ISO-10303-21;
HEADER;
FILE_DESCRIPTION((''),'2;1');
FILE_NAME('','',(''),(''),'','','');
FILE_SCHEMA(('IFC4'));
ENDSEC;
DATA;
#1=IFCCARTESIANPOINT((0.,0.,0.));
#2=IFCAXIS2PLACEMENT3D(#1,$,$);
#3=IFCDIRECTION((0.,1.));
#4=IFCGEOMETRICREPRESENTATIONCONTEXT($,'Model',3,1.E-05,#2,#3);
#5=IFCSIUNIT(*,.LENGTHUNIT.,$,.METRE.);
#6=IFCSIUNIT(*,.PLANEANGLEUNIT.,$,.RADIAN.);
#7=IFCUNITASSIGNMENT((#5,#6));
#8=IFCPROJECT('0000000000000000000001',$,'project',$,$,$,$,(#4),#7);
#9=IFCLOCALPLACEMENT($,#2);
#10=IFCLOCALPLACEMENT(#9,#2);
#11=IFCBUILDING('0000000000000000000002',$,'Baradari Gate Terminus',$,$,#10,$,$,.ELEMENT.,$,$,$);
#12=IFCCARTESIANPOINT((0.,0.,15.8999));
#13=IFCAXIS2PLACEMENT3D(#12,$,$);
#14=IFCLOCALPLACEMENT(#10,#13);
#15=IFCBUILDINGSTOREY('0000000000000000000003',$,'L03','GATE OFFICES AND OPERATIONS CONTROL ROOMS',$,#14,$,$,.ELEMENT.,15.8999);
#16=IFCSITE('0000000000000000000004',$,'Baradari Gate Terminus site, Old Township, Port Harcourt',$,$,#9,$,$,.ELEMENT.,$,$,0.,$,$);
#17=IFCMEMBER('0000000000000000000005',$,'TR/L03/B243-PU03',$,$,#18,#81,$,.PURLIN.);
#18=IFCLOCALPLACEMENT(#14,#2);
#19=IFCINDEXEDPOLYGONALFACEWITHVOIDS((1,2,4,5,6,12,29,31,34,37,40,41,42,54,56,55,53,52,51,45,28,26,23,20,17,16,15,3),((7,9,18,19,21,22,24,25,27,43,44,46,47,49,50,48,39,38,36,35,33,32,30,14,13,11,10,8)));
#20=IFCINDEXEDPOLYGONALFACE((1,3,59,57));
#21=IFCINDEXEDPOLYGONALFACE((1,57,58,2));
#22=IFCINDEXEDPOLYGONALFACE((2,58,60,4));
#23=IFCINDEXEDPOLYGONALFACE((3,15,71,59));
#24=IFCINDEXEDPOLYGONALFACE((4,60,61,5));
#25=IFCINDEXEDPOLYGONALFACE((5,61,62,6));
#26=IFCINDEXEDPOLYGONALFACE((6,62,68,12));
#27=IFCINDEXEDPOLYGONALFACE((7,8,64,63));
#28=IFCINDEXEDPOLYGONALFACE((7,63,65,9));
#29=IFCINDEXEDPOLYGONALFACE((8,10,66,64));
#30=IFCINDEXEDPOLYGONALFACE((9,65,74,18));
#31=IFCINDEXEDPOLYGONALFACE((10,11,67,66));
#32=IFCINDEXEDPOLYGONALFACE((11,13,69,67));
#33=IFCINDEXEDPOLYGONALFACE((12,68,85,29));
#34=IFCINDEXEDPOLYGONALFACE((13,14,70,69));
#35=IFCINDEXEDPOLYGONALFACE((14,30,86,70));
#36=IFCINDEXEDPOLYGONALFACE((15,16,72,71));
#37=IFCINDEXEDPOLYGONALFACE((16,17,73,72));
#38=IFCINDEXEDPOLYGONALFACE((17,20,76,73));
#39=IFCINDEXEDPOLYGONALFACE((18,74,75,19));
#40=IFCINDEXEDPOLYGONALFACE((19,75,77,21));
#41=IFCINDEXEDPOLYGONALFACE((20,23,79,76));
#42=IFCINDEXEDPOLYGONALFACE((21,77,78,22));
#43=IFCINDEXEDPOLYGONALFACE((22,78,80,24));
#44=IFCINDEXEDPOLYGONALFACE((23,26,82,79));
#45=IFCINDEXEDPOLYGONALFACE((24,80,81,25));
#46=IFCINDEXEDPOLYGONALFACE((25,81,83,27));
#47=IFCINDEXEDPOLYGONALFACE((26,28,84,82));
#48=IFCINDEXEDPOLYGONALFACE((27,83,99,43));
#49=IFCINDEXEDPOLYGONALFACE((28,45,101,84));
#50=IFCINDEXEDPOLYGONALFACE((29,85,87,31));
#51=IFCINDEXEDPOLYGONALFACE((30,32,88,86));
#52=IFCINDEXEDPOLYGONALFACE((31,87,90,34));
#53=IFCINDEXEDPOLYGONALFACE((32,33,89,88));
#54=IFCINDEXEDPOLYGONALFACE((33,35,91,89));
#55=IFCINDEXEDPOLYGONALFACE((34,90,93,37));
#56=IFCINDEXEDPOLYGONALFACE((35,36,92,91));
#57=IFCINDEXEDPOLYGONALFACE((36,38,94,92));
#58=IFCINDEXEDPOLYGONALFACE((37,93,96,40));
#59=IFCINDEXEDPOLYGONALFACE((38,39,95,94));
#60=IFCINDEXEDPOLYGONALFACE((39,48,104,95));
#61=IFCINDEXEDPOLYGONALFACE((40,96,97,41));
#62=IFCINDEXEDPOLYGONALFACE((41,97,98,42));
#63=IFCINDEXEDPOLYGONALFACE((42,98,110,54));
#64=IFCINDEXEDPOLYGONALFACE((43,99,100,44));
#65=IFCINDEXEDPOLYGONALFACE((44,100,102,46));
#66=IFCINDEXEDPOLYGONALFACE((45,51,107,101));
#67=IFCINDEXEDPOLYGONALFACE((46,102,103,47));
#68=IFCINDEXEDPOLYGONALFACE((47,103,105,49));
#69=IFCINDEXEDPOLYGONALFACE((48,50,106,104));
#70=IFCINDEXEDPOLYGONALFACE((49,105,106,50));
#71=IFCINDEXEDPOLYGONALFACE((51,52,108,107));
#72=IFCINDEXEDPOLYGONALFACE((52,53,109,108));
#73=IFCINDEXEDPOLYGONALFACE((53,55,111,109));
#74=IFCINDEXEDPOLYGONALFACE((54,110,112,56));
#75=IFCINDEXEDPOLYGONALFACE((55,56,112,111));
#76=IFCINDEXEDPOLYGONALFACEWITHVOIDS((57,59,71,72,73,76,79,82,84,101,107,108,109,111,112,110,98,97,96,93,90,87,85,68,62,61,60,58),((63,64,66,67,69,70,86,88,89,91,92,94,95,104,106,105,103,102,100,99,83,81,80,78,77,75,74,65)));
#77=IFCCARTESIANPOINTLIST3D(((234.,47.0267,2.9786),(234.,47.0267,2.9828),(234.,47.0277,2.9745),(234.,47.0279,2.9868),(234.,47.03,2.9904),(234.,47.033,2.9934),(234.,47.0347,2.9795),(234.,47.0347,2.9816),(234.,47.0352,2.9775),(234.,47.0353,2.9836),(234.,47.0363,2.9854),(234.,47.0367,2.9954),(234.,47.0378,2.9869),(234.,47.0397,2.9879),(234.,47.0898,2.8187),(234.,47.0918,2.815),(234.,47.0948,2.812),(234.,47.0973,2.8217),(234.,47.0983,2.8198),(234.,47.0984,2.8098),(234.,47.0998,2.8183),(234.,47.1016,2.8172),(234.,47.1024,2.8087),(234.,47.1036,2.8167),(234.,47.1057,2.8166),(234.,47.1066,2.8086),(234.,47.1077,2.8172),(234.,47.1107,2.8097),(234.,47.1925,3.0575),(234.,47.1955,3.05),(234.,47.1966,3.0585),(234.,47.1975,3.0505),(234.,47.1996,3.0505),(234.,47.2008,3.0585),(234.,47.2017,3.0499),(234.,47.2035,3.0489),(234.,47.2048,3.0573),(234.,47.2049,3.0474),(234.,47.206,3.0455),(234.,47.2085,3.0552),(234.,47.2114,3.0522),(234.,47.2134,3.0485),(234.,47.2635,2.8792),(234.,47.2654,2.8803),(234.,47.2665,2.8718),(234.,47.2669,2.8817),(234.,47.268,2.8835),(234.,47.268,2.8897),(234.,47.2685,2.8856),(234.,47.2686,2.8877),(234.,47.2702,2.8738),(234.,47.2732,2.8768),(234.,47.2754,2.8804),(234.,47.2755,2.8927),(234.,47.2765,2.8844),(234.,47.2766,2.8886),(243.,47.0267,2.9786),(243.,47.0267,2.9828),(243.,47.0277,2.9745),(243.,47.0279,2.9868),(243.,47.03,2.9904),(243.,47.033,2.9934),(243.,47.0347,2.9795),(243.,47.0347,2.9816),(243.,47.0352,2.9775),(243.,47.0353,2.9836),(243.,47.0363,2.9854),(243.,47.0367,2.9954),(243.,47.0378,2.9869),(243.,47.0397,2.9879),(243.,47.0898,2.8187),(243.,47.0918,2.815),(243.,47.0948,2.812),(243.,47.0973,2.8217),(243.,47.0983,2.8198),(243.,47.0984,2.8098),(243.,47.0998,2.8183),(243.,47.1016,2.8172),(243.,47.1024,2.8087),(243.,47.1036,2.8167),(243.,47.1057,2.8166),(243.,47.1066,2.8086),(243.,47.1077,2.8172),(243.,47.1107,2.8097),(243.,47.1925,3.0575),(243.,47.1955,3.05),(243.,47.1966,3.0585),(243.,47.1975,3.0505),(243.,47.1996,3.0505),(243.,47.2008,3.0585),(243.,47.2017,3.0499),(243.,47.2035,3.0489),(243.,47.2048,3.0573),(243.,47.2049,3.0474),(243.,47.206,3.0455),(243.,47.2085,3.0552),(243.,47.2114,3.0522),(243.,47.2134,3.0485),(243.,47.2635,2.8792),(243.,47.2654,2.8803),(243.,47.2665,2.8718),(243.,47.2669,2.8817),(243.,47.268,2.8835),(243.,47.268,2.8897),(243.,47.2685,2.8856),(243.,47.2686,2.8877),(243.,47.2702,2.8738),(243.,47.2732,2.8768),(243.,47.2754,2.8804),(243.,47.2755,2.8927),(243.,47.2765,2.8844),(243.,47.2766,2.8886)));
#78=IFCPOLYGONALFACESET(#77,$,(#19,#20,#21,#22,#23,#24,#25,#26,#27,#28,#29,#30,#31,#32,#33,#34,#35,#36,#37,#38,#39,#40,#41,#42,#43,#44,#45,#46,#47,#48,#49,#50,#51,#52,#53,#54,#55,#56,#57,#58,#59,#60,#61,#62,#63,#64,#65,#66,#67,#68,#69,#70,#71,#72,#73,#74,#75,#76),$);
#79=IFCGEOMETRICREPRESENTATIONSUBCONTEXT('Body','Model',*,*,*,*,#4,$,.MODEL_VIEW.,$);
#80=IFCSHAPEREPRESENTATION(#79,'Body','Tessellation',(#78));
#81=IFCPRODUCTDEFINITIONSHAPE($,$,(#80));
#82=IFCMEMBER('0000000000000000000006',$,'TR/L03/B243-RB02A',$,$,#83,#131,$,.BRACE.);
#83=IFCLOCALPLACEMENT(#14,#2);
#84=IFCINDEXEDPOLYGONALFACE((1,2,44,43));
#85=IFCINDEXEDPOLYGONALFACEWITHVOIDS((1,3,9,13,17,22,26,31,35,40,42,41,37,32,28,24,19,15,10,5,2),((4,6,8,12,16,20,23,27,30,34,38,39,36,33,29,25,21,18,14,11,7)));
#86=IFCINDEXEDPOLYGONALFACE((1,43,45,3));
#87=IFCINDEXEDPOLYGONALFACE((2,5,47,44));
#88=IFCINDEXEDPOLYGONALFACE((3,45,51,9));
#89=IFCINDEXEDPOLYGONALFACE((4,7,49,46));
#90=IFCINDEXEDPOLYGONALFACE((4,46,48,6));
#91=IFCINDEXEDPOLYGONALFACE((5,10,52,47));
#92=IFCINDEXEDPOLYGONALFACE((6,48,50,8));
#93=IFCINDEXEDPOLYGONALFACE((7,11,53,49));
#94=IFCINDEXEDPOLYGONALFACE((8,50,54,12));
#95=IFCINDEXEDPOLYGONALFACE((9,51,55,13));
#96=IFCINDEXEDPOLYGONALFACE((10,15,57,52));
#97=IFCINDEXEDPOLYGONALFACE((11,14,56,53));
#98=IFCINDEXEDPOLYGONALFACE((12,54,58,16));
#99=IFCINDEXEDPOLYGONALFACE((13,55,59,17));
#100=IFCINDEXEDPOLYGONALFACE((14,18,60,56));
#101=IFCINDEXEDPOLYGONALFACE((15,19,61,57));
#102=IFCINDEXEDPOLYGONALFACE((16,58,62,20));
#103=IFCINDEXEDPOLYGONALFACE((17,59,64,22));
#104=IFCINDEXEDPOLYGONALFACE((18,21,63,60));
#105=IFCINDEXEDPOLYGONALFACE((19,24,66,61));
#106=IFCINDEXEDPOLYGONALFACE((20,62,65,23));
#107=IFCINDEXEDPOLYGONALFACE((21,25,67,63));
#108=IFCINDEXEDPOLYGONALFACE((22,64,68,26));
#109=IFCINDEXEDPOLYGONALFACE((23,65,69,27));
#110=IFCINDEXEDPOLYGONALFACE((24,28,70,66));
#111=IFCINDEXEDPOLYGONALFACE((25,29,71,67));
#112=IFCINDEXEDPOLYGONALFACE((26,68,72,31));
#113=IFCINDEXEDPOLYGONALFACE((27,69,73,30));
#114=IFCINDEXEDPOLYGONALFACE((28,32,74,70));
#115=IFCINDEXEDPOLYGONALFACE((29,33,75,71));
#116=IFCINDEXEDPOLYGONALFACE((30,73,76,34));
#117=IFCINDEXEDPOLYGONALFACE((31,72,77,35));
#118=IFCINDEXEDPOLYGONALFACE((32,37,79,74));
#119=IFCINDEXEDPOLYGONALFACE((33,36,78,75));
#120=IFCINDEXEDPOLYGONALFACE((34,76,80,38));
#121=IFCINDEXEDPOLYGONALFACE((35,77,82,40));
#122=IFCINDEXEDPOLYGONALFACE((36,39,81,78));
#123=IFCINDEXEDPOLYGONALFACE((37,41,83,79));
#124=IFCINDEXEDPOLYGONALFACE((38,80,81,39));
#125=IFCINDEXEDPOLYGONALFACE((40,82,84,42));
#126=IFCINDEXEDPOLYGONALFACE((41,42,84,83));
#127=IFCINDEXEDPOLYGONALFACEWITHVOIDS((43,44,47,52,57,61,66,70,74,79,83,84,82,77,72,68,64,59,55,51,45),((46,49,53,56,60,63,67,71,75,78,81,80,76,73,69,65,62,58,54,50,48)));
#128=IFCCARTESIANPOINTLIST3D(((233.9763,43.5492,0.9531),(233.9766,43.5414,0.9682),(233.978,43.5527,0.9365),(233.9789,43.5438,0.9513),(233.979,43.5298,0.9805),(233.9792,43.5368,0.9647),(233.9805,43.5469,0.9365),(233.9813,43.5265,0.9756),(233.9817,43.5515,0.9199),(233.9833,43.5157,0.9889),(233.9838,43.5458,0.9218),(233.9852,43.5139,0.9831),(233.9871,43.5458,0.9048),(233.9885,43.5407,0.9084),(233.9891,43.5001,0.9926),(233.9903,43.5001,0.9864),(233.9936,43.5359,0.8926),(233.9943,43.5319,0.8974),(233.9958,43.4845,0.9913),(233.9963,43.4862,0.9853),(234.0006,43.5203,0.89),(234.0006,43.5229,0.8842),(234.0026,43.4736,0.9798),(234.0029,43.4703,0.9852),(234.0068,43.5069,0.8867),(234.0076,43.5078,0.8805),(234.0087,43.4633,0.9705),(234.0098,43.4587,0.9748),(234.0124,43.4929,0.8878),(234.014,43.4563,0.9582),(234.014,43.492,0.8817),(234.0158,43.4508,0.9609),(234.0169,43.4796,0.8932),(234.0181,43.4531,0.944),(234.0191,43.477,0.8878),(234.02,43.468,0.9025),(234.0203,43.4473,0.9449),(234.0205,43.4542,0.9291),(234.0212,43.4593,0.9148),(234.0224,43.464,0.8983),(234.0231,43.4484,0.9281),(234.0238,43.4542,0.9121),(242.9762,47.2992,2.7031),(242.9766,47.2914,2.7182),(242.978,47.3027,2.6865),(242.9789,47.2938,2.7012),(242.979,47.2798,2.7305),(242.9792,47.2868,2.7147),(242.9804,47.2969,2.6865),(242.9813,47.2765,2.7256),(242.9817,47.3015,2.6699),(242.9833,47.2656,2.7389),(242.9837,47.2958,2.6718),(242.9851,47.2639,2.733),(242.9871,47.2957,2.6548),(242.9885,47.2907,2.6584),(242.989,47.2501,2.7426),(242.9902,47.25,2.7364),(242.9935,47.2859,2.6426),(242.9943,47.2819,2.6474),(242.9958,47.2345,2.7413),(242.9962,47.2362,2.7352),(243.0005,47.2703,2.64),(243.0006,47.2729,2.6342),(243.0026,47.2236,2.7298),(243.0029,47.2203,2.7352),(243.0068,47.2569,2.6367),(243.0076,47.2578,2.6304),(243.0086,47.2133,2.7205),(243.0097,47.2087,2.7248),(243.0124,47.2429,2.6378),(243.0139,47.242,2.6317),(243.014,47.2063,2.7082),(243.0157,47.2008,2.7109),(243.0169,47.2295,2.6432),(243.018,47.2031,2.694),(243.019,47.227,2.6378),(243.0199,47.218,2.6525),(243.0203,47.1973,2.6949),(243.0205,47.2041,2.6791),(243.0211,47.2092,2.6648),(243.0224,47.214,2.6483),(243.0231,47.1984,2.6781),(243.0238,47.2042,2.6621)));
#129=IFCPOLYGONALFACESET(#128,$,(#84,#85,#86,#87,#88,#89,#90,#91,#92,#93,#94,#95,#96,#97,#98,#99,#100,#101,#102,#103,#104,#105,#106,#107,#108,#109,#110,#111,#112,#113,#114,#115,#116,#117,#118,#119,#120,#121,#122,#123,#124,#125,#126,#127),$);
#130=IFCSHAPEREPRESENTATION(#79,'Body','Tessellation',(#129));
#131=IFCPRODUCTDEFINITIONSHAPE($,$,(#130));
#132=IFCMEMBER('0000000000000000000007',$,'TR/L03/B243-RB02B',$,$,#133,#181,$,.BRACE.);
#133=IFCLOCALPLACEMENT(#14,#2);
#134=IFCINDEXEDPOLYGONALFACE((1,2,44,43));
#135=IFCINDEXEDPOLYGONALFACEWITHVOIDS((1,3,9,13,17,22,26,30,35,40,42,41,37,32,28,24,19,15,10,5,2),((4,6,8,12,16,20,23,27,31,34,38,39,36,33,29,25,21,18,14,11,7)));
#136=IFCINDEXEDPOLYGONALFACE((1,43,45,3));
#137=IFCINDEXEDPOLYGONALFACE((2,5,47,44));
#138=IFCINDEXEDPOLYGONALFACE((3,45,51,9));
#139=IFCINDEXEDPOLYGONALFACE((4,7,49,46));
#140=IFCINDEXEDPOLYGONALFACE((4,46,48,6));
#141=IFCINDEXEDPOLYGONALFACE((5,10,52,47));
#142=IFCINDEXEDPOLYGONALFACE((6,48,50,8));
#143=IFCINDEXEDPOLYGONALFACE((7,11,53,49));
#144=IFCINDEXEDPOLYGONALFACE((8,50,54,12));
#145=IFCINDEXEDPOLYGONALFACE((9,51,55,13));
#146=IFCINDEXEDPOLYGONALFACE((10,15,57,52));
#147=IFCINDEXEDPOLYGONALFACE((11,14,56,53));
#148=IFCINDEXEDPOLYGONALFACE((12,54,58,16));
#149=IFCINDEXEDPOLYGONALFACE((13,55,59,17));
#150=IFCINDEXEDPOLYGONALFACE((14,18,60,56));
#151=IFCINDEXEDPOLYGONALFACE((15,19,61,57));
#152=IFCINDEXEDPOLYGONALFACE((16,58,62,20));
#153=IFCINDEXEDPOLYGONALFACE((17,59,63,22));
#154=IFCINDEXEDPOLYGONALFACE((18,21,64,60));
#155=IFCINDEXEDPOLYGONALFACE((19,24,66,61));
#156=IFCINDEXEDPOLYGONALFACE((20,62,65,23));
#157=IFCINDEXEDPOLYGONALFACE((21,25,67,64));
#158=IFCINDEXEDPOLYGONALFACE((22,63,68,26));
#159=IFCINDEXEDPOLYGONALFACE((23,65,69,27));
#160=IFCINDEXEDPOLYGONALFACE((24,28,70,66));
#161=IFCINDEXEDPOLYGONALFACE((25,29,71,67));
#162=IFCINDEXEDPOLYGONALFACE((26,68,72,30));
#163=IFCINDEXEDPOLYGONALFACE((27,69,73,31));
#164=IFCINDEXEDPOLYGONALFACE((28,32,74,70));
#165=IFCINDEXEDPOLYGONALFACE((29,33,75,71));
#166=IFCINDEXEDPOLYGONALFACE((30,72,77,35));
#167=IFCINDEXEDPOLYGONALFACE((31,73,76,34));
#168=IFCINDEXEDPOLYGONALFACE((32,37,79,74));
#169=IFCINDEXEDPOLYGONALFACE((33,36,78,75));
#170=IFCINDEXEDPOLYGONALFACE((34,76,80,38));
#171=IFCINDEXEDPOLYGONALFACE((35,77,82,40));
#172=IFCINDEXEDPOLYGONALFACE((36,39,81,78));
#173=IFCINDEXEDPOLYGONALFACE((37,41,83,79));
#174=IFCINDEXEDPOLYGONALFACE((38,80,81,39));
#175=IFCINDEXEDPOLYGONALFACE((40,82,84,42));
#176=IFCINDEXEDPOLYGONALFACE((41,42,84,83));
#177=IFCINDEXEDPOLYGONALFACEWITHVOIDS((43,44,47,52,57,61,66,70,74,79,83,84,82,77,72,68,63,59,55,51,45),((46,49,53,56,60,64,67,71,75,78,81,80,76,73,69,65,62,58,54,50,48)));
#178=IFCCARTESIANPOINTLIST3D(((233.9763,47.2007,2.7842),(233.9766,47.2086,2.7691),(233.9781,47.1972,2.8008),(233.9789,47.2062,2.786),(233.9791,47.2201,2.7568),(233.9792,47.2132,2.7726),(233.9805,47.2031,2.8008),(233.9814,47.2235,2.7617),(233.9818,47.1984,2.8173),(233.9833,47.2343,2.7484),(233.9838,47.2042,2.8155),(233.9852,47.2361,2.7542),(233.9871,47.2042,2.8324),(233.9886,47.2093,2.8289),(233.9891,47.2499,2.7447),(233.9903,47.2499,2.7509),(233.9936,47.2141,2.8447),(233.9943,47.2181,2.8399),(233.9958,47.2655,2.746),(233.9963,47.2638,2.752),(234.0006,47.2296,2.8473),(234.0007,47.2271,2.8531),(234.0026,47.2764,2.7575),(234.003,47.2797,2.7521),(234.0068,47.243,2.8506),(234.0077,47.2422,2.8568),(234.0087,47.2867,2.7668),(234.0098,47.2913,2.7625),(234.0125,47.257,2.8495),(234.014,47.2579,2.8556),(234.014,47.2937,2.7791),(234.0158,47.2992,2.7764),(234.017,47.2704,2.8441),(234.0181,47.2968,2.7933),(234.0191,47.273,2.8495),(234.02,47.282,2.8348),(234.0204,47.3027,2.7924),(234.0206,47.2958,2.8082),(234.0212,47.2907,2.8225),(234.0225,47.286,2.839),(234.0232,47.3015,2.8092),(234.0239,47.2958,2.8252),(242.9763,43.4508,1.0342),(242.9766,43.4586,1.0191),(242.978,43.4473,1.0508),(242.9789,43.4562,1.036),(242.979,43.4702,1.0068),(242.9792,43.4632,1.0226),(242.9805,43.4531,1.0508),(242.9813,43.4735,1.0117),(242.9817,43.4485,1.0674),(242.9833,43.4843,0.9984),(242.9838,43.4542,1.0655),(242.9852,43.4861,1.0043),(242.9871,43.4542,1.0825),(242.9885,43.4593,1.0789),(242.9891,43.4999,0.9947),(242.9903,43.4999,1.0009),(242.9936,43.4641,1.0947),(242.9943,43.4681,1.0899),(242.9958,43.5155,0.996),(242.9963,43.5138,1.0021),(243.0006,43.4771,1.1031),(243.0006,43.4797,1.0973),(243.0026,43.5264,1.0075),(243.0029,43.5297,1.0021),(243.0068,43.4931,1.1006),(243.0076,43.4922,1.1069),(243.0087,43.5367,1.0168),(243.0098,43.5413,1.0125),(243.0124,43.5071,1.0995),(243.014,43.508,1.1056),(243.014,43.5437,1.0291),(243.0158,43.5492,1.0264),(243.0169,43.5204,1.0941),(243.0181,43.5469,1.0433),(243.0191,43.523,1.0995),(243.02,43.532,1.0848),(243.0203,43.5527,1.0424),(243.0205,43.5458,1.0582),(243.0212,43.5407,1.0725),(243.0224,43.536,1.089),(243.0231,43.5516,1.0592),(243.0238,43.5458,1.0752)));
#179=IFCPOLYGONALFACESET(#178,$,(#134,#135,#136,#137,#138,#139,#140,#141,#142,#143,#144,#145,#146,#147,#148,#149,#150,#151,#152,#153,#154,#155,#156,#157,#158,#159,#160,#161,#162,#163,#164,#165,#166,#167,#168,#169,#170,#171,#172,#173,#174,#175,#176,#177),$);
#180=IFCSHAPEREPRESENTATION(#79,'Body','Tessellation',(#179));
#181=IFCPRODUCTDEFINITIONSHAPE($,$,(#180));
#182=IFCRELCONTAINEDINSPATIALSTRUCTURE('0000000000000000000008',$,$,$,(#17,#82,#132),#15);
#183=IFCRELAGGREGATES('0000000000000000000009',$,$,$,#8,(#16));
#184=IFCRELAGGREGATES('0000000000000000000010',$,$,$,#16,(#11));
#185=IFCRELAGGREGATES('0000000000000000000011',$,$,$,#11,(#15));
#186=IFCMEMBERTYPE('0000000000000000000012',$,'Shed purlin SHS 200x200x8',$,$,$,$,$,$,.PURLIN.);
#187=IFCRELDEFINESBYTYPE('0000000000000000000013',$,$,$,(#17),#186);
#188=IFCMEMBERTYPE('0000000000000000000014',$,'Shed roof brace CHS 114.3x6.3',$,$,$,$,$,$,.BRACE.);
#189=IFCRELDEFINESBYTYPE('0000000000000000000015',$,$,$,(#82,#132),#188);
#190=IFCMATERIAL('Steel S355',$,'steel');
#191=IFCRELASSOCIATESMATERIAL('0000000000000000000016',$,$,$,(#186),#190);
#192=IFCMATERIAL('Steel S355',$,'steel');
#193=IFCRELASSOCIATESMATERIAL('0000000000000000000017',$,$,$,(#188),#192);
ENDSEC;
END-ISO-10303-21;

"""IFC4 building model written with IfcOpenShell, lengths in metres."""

from ifc_helpers import new_model, si_unit, direction, frame, origin, origin_2d, place, context, subcontext, project, spatial, hollow_rectangle, hollow_circle, extrude, material, material_profile, profile_set, type_object, element, save


model = new_model("IFC4")

# Units and contexts
model_context = context("Model", 3, precision=1e-05, world=origin(), true_north=direction((0.0, 1.0)))
body_context = subcontext(model_context, "Body", "Model", "MODEL_VIEW")
ifc_project = project(units=[si_unit("LENGTHUNIT", "METRE"), si_unit("PLANEANGLEUNIT", "RADIAN")], contexts=[model_context])

# Site, building, storey
site_placement = place(None, origin())
site = spatial("IfcSite", under=ifc_project, at=site_placement, Name="Baradari Gate Terminus site, Old Township, Port Harcourt", CompositionType="ELEMENT", RefElevation=0.0)
building_placement = place(site_placement, origin())
building = spatial("IfcBuilding", under=site, at=building_placement, Name="Baradari Gate Terminus", CompositionType="ELEMENT")
storey_placement = place(building_placement, frame((0.0, 0.0, 15.8999)))
storey = spatial("IfcBuildingStorey", under=building, at=storey_placement, Name="L03", Description="GATE OFFICES AND OPERATIONS CONTROL ROOMS", CompositionType="ELEMENT", Elevation=15.8999)

# Members
ifc_material_1 = material(Name="Steel S355", Category="steel")
ifc_material_profile_1 = material_profile(ifc_material_1, hollow_rectangle(XDim=0.2, YDim=0.2, WallThickness=0.0081, InnerFilletRadius=0.0081, OuterFilletRadius=0.0161, at=origin_2d()), Name="SHS 200x200x8")
ifc_profile_set_1 = profile_set([ifc_material_profile_1], Name="Steel S355")
member_type_1 = type_object("IfcMemberType", Name="Shed purlin SHS 200x200x8", PredefinedType="PURLIN", material=ifc_profile_set_1)
for number, where, z_axis, x_axis, name in (
    (1, (234.0, 47.1516, 2.9336), (1.0, 0.0, 0.0), (0.0, 0.928965, 0.370167), "TR/L03/B243-PU03"),
):
    element("IfcMember", number, at=place(storey_placement, frame(where, z_axis=z_axis, x_axis=x_axis)), inside=storey, type_object=member_type_1, Name=name, PredefinedType="PURLIN", context=body_context, shape_type="SweptSolid", body=[
        extrude(hollow_rectangle(XDim=0.2, YDim=0.2, WallThickness=0.0081, InnerFilletRadius=0.0081, OuterFilletRadius=0.0161, at=origin_2d()), origin(), (0.0, 0.0, 1.0), 9.0),
    ])
ifc_material_2 = material(Name="Steel S355", Category="steel")
ifc_material_profile_2 = material_profile(ifc_material_2, hollow_circle(Radius=0.0571, WallThickness=0.0063, at=origin_2d()), Name="CHS 114.3x6.3")
ifc_profile_set_2 = profile_set([ifc_material_profile_2], Name="Steel S355")
member_type_2 = type_object("IfcMemberType", Name="Shed roof brace CHS 114.3x6.3", PredefinedType="BRACE", material=ifc_profile_set_2)
for number, where, z_axis, x_axis, name in (
    (2, (234.0, 43.5, 0.9365), (0.908558, 0.378566, 0.176664), (-0.384615, 0.923077, 0.0), "TR/L03/B243-RB02A"),
    (3, (243.0, 43.5, 1.0508), (-0.908558, 0.378566, 0.176664), (-0.384615, -0.923077, 0.0), "TR/L03/B243-RB02B"),
):
    element("IfcMember", number, at=place(storey_placement, frame(where, z_axis=z_axis, x_axis=x_axis)), inside=storey, type_object=member_type_2, Name=name, PredefinedType="BRACE", context=body_context, shape_type="SweptSolid", body=[
        extrude(hollow_circle(Radius=0.0571, WallThickness=0.0063, at=origin_2d()), origin(), (0.0, 0.0, 1.0), 9.9058),
    ])

save(model, "model.ifc")
